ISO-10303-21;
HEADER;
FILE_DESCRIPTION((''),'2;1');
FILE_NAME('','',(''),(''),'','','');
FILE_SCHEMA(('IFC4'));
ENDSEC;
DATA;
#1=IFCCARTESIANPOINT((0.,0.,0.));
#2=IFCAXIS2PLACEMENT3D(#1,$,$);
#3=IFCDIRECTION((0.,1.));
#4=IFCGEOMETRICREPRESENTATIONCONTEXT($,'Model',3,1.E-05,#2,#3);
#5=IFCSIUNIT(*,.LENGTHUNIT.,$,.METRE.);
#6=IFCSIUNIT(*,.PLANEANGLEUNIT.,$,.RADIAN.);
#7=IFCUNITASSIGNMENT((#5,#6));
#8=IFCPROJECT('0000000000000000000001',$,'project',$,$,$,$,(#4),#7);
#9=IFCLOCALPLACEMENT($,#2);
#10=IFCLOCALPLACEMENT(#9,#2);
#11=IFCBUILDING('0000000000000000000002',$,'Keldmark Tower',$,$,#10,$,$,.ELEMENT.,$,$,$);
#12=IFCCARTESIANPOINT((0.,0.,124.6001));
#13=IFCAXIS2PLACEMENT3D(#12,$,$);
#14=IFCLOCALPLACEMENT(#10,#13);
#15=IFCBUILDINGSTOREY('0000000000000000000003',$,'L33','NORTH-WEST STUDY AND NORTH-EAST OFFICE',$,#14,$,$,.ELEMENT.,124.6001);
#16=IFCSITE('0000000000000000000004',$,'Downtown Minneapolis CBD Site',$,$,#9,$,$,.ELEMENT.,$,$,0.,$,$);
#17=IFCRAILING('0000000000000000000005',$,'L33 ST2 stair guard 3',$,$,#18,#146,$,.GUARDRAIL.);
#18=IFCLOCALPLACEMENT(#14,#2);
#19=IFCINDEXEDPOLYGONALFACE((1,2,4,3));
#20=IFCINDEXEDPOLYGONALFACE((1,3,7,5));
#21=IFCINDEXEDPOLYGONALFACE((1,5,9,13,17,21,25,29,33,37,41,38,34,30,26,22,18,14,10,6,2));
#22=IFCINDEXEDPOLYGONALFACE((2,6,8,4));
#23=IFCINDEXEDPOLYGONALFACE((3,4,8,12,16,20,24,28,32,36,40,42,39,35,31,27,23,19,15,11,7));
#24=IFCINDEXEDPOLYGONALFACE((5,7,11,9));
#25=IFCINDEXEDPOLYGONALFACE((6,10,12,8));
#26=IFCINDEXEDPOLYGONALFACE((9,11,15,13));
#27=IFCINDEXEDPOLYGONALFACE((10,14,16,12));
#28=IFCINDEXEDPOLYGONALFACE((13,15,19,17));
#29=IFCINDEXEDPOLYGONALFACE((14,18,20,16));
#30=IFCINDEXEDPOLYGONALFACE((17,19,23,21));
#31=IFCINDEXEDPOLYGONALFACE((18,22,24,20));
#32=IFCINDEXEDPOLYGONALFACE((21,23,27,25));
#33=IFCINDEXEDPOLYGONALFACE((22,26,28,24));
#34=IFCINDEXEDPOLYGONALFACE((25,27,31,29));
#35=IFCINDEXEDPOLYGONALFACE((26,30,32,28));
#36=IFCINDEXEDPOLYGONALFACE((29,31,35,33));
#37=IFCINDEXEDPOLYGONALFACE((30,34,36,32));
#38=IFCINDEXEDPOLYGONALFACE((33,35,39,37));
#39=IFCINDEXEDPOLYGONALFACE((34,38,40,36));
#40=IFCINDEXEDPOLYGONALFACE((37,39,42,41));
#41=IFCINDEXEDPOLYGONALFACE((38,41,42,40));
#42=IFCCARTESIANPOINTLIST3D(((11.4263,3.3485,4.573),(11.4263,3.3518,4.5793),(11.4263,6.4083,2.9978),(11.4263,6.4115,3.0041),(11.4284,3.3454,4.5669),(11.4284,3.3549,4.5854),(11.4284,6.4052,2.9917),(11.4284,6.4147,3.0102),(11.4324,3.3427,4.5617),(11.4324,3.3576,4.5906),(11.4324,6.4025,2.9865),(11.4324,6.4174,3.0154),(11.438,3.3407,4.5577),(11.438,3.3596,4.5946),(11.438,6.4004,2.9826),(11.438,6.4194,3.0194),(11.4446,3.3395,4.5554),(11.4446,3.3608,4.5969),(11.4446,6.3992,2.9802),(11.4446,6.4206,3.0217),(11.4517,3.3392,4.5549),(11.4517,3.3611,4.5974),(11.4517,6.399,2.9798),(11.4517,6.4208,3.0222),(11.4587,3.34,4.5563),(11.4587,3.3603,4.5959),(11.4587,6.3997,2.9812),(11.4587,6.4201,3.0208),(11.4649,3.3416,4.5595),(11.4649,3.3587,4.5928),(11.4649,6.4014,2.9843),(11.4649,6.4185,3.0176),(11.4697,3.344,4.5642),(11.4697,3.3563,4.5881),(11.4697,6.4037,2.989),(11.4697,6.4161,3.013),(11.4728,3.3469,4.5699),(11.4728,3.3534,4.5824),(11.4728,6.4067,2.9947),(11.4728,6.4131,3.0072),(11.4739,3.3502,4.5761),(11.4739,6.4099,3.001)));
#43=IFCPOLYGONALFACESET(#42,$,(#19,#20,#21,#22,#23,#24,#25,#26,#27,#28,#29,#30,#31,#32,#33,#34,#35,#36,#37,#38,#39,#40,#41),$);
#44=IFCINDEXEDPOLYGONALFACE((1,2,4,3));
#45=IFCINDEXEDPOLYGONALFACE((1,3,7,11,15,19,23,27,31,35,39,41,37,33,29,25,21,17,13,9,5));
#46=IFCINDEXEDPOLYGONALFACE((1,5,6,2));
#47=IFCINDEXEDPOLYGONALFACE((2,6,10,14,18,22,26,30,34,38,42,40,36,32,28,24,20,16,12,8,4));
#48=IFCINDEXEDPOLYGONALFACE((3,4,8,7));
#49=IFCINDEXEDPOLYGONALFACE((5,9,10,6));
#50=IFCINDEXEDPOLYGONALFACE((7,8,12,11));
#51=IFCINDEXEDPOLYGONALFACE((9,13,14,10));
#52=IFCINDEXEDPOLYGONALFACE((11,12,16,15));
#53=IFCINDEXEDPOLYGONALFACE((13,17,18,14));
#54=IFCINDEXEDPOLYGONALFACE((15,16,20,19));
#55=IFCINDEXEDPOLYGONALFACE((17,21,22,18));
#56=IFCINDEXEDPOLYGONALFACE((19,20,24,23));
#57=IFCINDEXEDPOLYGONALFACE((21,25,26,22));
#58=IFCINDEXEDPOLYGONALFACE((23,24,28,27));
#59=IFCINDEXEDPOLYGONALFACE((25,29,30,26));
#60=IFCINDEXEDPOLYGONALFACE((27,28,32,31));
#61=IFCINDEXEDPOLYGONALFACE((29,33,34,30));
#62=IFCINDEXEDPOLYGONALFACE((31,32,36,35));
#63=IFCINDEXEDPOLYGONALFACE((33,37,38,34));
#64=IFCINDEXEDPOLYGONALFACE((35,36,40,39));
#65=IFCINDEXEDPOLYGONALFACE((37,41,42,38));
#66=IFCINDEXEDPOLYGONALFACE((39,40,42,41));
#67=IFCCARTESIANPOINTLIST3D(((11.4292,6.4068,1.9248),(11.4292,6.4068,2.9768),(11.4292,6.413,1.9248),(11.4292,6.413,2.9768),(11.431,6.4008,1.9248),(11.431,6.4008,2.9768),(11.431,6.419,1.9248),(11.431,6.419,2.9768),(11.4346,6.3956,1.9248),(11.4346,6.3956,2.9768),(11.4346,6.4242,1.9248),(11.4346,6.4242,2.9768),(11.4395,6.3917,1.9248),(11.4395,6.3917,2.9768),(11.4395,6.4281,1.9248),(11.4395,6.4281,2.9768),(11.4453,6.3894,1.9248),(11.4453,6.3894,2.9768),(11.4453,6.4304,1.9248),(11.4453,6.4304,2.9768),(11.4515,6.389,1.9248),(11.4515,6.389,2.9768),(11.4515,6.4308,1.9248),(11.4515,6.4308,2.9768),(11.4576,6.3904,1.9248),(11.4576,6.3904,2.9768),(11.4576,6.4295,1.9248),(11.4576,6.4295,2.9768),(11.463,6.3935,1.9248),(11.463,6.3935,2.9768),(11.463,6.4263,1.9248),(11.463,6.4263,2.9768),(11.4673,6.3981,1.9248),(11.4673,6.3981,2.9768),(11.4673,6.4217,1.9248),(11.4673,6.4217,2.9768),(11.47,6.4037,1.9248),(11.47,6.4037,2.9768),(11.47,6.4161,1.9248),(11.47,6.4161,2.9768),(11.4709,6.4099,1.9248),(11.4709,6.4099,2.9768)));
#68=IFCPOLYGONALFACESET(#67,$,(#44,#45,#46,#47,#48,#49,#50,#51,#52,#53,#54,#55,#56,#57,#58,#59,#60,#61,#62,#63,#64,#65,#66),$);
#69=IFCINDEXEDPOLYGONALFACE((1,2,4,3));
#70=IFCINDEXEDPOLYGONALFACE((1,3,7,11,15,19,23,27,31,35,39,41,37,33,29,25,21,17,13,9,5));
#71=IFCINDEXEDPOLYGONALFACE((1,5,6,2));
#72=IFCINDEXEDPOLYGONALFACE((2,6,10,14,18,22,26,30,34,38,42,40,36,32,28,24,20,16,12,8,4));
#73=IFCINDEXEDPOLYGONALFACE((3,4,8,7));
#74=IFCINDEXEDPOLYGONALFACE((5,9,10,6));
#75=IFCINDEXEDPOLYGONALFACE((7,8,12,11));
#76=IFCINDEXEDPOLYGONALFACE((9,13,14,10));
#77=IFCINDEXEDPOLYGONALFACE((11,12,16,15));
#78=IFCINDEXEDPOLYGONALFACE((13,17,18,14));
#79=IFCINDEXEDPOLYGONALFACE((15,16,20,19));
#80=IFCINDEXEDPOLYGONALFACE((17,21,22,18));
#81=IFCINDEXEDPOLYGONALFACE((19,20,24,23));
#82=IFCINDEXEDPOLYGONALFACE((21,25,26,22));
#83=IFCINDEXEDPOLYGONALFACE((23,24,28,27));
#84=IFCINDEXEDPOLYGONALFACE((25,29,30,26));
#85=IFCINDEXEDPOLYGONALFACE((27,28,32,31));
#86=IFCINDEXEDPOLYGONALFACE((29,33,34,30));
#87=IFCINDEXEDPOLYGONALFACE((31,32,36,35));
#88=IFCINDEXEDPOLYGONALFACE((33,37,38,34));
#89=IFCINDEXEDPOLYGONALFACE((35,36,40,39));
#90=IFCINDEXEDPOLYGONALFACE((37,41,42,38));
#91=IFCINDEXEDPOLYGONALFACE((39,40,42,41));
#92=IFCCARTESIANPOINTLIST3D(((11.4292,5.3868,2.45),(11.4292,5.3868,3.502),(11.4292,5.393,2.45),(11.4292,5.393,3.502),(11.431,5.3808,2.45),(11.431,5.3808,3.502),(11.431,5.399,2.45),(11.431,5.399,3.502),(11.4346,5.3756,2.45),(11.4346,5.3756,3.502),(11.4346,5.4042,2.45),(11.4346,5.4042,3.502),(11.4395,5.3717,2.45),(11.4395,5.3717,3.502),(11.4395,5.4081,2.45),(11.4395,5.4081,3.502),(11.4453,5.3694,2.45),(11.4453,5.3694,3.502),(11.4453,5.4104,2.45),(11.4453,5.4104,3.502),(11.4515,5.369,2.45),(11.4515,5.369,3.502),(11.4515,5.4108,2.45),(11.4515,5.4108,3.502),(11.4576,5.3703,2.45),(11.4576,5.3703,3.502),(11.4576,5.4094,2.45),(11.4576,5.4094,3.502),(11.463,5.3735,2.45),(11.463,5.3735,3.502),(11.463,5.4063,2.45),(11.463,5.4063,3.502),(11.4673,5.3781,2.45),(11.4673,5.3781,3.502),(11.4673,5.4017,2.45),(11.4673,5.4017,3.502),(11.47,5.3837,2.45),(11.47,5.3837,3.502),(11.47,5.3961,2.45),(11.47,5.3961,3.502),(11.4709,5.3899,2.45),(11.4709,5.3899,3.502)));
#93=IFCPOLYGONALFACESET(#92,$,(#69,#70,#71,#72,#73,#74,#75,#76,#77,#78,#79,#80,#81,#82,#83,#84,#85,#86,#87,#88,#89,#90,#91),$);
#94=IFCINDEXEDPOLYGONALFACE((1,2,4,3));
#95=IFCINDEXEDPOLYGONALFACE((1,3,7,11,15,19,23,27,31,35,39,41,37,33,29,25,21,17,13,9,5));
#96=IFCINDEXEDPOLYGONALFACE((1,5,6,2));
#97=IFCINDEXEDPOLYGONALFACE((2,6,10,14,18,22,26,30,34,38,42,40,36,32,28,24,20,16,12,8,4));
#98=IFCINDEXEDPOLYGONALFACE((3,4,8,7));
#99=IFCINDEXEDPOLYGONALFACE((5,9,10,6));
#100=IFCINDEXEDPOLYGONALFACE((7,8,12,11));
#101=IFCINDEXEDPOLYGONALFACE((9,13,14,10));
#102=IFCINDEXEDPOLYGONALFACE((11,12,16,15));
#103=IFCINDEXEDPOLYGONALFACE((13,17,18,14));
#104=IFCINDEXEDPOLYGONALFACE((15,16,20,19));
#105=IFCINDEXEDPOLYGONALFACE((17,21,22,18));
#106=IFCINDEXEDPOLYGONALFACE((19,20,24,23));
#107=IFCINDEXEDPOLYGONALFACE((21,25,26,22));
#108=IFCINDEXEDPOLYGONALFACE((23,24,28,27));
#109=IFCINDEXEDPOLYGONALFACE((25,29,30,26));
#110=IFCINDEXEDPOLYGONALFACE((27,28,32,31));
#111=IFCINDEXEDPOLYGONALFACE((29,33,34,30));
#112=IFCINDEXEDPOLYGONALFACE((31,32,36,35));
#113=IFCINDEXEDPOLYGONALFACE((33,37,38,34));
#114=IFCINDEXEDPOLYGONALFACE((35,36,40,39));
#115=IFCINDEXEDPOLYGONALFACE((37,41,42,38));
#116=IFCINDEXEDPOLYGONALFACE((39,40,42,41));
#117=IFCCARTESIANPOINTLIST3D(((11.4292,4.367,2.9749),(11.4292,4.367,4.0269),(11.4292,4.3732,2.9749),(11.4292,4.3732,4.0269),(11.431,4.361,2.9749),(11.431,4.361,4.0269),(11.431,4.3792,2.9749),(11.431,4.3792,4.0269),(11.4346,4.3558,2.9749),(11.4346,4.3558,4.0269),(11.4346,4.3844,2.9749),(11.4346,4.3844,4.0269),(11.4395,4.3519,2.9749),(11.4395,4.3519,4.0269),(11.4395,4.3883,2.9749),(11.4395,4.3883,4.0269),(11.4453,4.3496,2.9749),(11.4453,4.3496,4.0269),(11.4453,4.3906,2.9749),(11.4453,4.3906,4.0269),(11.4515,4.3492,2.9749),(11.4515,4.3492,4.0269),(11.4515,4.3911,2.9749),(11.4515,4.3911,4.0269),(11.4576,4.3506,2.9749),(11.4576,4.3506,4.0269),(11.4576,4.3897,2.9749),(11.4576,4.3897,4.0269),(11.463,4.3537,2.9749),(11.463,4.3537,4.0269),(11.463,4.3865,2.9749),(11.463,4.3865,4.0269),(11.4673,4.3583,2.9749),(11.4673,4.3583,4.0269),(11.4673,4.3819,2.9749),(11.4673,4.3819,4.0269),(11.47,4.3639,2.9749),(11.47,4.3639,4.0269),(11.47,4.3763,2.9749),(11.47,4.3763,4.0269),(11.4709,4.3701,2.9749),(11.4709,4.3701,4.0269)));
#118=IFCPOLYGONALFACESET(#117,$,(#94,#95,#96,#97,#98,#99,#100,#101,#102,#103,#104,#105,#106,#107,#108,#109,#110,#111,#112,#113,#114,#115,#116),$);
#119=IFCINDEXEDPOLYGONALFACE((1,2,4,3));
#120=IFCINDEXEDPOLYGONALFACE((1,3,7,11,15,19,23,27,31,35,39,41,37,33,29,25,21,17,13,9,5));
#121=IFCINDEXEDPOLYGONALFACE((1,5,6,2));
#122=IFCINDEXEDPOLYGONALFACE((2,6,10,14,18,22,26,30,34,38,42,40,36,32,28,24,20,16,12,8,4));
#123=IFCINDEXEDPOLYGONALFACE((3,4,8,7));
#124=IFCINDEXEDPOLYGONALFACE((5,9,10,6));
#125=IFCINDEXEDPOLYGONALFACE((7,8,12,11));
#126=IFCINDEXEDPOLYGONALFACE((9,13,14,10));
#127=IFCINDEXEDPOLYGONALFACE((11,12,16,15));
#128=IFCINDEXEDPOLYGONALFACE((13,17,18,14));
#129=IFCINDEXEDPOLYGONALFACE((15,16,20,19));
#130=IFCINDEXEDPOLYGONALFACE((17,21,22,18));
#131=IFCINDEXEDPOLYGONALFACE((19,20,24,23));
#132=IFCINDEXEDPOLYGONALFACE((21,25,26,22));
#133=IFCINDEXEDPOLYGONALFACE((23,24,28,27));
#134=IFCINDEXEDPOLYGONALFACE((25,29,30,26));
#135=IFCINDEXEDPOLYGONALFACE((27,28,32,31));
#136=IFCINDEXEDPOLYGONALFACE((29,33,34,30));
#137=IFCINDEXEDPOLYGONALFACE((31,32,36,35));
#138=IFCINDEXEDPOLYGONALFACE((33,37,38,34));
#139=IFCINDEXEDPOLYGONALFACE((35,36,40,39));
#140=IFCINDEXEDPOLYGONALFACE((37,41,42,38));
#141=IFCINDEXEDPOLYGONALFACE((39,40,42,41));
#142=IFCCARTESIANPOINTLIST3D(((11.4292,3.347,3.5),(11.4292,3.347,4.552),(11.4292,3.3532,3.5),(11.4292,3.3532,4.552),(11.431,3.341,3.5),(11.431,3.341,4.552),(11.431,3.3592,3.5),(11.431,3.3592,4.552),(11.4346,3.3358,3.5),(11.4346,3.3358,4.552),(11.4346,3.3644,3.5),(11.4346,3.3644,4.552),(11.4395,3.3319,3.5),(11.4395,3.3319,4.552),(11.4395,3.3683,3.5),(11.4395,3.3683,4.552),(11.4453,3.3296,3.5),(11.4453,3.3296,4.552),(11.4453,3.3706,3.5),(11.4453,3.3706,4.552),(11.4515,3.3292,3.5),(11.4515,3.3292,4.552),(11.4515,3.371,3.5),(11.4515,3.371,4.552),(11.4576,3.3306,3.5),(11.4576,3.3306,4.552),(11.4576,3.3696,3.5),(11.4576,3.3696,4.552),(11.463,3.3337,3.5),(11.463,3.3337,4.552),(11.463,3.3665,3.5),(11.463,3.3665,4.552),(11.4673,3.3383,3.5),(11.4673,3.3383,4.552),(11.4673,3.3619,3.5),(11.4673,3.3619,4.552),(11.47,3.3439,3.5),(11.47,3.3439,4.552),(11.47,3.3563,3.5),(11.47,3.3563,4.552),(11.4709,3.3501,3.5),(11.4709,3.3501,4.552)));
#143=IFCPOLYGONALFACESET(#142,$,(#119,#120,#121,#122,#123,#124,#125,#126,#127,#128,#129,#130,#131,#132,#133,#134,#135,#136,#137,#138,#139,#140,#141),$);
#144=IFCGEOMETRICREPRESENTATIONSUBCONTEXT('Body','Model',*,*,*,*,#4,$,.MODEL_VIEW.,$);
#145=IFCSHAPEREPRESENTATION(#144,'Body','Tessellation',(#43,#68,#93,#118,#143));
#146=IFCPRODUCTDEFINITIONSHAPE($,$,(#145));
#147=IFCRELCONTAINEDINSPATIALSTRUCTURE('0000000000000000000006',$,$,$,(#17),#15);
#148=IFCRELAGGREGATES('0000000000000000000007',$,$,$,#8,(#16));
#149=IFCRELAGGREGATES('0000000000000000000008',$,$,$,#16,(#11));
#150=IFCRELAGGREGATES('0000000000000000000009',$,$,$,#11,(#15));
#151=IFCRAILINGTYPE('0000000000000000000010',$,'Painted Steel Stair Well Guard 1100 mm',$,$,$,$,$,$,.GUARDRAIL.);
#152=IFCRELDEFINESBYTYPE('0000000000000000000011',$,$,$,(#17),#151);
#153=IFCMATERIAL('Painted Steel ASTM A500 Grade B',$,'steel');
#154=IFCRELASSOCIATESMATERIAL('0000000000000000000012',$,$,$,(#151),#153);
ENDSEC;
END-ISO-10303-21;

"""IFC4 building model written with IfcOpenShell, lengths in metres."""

from ifc_helpers import new_model, si_unit, direction, frame, origin, origin_2d, place, context, subcontext, project, spatial, circle, extrude, material, type_object, element, save


model = new_model("IFC4")

# Units and contexts
model_context = context("Model", 3, precision=1e-05, world=origin(), true_north=direction((0.0, 1.0)))
body_context = subcontext(model_context, "Body", "Model", "MODEL_VIEW")
ifc_project = project(units=[si_unit("LENGTHUNIT", "METRE"), si_unit("PLANEANGLEUNIT", "RADIAN")], contexts=[model_context])

# Site, building, storey
site_placement = place(None, origin())
site = spatial("IfcSite", under=ifc_project, at=site_placement, Name="Downtown Minneapolis CBD Site", CompositionType="ELEMENT", RefElevation=0.0)
building_placement = place(site_placement, origin())
building = spatial("IfcBuilding", under=site, at=building_placement, Name="Keldmark Tower", CompositionType="ELEMENT")
storey_placement = place(building_placement, frame((0.0, 0.0, 124.6001)))
storey = spatial("IfcBuildingStorey", under=building, at=storey_placement, Name="L33", Description="NORTH-WEST STUDY AND NORTH-EAST OFFICE", CompositionType="ELEMENT", Elevation=124.6001)

# Railing
ifc_material_1 = material(Name="Painted Steel ASTM A500 Grade B", Category="steel")
railing_type_1 = type_object("IfcRailingType", Name="Painted Steel Stair Well Guard 1100 mm", PredefinedType="GUARDRAIL", material=ifc_material_1)
railing_1_placement = place(storey_placement, frame((11.45, 6.4099, 1.9248)))
element("IfcRailing", 1, at=railing_1_placement, inside=storey, type_object=railing_type_1, Name="L33 ST2 stair guard 3", PredefinedType="GUARDRAIL", context=body_context, shape_type="SweptSolid", body=[
    extrude(circle(Radius=0.0239, at=origin_2d()), frame((0.0, 0.0, 1.0762), z_axis=(0.0, -0.889101, 0.45771), x_axis=(1.0, 0.0, 0.0)), (0.0, 0.0, 1.0), 3.4414),
    extrude(circle(Radius=0.021, at=origin_2d()), origin(), (0.0, 0.0, 1.0), 1.052),
    extrude(circle(Radius=0.021, at=origin_2d()), frame((0.0, -1.02, 0.5251)), (0.0, 0.0, 1.0), 1.052),
    extrude(circle(Radius=0.021, at=origin_2d()), frame((0.0, -2.0398, 1.05)), (0.0, 0.0, 1.0), 1.052),
    extrude(circle(Radius=0.021, at=origin_2d()), frame((0.0, -3.0598, 1.5752)), (0.0, 0.0, 1.0), 1.052),
])

save(model, "model.ifc")
